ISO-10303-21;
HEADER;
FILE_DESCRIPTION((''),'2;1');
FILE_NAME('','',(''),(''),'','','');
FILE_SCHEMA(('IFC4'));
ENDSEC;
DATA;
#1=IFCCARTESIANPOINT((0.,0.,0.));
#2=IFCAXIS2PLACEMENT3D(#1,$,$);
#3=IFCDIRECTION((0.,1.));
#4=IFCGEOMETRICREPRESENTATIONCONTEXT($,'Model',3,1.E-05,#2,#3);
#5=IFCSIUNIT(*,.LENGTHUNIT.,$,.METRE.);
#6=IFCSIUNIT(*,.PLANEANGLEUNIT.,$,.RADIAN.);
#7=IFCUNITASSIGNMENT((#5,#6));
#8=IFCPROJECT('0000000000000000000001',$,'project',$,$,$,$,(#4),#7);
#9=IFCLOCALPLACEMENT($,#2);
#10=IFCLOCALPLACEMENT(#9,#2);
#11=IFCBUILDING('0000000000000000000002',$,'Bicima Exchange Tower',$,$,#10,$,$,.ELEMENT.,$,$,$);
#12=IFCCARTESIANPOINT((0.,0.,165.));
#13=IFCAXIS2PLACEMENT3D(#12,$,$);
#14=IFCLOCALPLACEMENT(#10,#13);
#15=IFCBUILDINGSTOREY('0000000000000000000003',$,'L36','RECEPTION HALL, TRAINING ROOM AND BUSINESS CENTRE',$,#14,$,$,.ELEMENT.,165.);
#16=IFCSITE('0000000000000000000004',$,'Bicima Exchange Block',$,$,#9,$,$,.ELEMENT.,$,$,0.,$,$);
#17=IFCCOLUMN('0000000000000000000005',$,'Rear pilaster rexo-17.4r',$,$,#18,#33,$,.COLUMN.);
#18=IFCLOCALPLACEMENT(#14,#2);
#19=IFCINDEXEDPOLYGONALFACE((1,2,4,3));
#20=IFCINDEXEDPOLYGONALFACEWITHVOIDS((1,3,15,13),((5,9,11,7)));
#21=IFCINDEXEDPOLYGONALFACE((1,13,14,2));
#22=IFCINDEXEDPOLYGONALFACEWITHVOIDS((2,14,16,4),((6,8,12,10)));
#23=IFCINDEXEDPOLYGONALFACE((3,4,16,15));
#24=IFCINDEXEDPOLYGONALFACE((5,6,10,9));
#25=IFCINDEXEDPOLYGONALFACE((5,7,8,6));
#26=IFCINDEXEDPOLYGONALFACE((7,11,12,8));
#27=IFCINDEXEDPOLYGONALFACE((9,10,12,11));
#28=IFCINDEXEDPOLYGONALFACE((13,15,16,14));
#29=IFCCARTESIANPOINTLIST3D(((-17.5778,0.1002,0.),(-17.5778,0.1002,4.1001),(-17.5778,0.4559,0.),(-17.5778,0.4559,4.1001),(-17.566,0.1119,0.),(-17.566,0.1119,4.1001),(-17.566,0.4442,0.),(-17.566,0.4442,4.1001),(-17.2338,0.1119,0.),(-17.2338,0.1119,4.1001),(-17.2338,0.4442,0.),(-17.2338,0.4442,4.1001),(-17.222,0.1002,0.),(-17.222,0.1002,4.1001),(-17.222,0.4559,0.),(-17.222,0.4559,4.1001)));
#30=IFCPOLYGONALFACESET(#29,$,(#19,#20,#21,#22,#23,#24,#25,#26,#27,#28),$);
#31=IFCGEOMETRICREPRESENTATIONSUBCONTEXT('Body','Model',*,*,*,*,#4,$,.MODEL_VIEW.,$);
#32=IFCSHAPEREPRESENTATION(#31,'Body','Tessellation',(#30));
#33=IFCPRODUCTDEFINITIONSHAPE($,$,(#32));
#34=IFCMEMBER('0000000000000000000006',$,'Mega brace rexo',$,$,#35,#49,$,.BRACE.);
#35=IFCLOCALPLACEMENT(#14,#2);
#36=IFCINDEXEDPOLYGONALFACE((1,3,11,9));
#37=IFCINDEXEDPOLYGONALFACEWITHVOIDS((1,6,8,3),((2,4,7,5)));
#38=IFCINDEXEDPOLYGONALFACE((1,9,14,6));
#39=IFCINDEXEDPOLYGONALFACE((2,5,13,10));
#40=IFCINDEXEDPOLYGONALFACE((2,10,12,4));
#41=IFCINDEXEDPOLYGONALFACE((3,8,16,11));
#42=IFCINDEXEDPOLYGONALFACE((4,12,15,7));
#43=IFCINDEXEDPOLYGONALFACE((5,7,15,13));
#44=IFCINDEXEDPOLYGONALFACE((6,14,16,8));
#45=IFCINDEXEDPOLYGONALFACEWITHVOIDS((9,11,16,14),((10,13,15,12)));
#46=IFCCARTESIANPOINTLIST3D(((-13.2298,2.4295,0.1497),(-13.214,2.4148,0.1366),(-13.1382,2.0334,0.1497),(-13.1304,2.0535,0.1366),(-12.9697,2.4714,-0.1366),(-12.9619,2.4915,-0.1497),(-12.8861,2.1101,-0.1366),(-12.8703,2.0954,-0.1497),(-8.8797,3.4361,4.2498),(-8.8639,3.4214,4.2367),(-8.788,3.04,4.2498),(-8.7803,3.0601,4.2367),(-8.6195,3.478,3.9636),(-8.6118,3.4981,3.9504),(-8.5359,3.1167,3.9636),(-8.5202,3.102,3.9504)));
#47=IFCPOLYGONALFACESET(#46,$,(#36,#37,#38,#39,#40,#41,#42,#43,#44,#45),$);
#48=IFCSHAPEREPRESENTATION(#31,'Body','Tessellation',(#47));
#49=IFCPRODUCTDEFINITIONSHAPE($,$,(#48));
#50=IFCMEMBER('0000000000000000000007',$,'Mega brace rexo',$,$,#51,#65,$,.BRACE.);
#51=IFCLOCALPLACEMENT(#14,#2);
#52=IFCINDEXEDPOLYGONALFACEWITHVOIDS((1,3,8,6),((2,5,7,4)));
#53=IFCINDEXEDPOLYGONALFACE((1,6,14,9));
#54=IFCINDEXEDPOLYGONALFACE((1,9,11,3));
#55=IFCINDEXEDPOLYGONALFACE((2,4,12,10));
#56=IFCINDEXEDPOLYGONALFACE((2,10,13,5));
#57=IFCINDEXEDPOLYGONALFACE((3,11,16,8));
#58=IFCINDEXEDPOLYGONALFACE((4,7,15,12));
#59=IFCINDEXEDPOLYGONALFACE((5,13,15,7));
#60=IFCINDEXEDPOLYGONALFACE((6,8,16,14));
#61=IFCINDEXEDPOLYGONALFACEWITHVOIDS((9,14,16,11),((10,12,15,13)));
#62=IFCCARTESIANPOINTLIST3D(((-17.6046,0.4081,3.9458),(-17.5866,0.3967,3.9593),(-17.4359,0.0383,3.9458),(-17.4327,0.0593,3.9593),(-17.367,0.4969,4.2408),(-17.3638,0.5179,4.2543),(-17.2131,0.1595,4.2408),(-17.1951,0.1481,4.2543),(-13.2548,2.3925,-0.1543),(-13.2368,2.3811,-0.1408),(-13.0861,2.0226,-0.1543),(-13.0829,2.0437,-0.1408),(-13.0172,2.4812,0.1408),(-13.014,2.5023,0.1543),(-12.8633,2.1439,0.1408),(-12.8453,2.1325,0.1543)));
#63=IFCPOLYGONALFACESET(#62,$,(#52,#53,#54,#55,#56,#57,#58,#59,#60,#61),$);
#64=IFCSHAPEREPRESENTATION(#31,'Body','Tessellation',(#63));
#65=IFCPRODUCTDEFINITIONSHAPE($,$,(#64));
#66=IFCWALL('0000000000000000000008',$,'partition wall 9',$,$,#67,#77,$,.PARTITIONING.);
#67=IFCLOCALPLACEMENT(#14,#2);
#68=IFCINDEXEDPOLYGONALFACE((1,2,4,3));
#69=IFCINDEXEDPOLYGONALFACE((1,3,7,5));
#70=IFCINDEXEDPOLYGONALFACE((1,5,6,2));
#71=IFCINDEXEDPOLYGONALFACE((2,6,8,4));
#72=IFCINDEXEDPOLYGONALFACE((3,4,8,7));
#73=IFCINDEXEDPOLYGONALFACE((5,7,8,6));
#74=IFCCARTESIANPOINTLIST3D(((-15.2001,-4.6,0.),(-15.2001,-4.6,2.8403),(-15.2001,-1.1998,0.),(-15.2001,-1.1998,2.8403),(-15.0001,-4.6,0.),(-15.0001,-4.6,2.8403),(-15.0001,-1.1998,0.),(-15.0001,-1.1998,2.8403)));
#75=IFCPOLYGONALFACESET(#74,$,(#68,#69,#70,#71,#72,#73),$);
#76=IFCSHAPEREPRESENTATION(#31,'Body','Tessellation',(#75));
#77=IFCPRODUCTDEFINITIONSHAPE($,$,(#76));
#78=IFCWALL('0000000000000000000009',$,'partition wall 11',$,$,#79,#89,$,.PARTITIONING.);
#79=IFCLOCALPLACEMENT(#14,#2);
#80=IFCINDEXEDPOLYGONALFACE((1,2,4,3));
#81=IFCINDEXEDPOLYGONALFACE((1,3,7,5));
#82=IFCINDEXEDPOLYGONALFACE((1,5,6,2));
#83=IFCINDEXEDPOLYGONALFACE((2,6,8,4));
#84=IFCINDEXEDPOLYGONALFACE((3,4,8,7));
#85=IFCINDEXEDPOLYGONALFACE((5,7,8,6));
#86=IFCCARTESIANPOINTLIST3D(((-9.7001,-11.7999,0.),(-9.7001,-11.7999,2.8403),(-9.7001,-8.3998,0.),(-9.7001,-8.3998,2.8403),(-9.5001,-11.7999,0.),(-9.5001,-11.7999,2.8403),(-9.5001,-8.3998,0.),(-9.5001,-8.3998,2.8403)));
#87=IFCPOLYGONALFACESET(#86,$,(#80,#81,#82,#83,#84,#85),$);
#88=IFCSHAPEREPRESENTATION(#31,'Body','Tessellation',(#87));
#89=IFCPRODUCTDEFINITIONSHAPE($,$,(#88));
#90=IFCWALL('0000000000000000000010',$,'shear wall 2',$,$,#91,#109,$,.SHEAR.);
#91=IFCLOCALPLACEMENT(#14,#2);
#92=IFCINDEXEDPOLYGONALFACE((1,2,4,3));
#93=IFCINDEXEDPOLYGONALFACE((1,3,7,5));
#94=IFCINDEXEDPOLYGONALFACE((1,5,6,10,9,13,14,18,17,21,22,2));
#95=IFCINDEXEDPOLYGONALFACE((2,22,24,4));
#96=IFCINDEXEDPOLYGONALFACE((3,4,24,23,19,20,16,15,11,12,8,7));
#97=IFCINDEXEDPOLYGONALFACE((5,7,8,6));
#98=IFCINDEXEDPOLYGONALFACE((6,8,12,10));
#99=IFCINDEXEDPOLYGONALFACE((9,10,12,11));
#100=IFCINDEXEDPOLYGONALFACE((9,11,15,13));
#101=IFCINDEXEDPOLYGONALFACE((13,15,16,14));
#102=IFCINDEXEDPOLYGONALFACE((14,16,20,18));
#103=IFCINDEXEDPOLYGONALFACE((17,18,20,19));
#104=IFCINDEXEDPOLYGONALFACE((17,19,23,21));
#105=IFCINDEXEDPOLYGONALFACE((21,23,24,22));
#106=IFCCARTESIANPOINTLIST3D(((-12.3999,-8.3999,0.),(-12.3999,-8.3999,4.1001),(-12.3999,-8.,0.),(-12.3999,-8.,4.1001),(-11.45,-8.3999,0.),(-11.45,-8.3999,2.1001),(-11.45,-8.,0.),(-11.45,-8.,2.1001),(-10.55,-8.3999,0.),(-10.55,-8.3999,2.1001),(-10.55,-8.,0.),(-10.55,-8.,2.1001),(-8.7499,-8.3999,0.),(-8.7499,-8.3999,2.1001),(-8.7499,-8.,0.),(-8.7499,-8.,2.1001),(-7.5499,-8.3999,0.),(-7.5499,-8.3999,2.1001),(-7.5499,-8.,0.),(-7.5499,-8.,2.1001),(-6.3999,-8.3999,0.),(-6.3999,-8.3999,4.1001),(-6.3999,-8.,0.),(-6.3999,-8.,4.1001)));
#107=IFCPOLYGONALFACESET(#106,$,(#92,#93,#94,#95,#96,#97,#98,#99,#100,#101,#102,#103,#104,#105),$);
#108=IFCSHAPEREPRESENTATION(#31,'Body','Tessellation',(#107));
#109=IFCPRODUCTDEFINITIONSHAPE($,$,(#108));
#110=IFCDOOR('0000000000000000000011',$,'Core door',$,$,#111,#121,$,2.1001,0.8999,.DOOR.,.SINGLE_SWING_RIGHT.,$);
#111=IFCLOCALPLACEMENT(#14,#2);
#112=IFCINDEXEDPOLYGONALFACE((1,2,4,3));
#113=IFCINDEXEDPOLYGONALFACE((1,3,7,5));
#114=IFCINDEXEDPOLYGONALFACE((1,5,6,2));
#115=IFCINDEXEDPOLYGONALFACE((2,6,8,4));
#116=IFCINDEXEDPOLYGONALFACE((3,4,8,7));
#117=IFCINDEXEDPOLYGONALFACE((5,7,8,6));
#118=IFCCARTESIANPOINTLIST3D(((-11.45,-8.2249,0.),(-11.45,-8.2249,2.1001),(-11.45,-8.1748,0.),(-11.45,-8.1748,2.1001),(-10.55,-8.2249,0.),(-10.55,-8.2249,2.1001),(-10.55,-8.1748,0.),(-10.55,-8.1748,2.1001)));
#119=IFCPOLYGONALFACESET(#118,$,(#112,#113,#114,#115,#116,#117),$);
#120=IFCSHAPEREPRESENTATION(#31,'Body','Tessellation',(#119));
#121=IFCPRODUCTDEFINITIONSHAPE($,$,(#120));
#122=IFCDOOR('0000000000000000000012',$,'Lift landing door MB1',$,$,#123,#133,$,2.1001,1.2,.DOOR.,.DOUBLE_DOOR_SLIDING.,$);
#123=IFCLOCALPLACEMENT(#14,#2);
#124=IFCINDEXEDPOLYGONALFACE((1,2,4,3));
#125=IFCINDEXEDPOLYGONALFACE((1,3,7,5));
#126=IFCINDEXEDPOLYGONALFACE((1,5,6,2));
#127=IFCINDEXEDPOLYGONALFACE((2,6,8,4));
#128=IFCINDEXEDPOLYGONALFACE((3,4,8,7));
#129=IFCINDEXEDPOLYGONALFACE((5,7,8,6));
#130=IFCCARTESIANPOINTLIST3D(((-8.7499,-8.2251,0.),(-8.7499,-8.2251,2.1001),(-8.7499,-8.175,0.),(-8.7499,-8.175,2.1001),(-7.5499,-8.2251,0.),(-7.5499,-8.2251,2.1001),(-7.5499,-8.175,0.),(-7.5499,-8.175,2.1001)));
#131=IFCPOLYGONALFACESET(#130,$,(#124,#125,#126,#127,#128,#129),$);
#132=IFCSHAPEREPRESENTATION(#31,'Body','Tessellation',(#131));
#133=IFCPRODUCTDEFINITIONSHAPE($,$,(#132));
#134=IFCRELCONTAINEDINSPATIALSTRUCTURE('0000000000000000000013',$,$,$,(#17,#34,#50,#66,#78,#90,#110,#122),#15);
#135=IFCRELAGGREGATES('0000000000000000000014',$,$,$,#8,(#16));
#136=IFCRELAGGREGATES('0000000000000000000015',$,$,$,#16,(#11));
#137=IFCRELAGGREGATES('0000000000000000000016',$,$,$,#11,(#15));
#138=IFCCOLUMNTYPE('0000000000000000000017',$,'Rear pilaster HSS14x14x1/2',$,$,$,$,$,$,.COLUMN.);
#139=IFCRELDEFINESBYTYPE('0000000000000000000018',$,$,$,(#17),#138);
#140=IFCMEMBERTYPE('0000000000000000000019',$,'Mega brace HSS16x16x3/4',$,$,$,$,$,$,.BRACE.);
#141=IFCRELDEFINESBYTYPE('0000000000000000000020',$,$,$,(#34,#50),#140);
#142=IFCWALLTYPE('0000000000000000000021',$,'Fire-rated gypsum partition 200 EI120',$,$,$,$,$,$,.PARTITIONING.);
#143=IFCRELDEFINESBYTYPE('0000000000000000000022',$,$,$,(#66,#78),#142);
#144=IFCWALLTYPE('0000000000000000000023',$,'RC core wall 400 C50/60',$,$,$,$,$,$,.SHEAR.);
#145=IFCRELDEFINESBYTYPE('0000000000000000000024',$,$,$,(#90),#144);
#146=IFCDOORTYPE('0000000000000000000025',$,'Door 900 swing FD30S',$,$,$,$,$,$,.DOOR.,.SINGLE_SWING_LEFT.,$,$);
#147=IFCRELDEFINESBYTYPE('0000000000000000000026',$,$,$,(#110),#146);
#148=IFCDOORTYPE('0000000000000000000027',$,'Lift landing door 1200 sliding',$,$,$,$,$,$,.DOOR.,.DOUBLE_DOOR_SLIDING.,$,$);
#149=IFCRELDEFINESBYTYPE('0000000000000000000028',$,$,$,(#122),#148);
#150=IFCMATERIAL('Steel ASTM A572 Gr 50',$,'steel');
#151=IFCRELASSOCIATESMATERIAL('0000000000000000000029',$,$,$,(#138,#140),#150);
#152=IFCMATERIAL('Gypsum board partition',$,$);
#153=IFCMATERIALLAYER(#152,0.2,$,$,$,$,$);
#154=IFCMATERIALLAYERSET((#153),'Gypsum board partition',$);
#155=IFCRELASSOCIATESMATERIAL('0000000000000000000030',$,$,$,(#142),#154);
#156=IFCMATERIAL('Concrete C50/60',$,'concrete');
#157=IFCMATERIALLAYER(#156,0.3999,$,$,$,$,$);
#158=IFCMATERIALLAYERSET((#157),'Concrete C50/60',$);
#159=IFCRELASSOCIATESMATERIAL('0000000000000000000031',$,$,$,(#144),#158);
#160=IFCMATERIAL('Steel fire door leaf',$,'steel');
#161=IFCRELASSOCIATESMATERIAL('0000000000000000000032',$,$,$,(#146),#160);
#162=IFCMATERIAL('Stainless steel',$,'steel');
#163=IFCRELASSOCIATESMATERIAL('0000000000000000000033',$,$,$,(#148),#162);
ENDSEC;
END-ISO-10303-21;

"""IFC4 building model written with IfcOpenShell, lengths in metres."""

from ifc_helpers import new_model, si_unit, direction, frame, frame_2d, origin, origin_2d, place, context, subcontext, project, spatial, rectangle, hollow_rectangle, extrude, material, layer, layer_set, material_profile, profile_set, type_object, element, fill, save


model = new_model("IFC4")

# Units and contexts
model_context = context("Model", 3, precision=1e-05, world=origin(), true_north=direction((0.0, 1.0)))
body_context = subcontext(model_context, "Body", "Model", "MODEL_VIEW")
ifc_project = project(units=[si_unit("LENGTHUNIT", "METRE"), si_unit("PLANEANGLEUNIT", "RADIAN")], contexts=[model_context])

# Site, building, storey
site_placement = place(None, origin())
site = spatial("IfcSite", under=ifc_project, at=site_placement, Name="Bicima Exchange Block", CompositionType="ELEMENT", RefElevation=0.0)
building_placement = place(site_placement, origin())
building = spatial("IfcBuilding", under=site, at=building_placement, Name="Bicima Exchange Tower", CompositionType="ELEMENT")
storey_placement = place(building_placement, frame((0.0, 0.0, 165.0)))
storey = spatial("IfcBuildingStorey", under=building, at=storey_placement, Name="L36", Description="RECEPTION HALL, TRAINING ROOM AND BUSINESS CENTRE", CompositionType="ELEMENT", Elevation=165.0)

# Column
ifc_material_1 = material(Name="Steel ASTM A572 Gr 50", Category="steel")
ifc_material_profile_1 = material_profile(ifc_material_1, hollow_rectangle(XDim=0.3557, YDim=0.3557, WallThickness=0.0117, at=origin_2d()))
ifc_profile_set_1 = profile_set([ifc_material_profile_1], Name="Steel ASTM A572 Gr 50")
column_type = type_object("IfcColumnType", Name="Rear pilaster HSS14x14x1/2", PredefinedType="COLUMN", material=ifc_profile_set_1)
column_placement = place(storey_placement, frame((-17.3999, 0.2781, 0.0), z_axis=(0.0, 0.0, 1.0), x_axis=(1.0, 0.0, 0.0)))
element("IfcColumn", 1, at=column_placement, inside=storey, type_object=column_type, Name="Rear pilaster rexo-17.4r", PredefinedType="COLUMN", context=body_context, shape_type="SweptSolid", body=[
    extrude(hollow_rectangle(XDim=0.3557, YDim=0.3557, WallThickness=0.0117, at=origin_2d()), origin(), (0.0, 0.0, 1.0), 4.1001),
])

# Members
ifc_material_profile_2 = material_profile(ifc_material_1, hollow_rectangle(XDim=0.4065, YDim=0.4065, WallThickness=0.0178, at=origin_2d()))
ifc_profile_set_2 = profile_set([ifc_material_profile_2], Name="Steel ASTM A572 Gr 50")
member_type = type_object("IfcMemberType", Name="Mega brace HSS16x16x3/4", PredefinedType="BRACE", material=ifc_profile_set_2)
member_1_placement = place(storey_placement, frame((-13.05, 2.2625, 0.0), z_axis=(0.717606, 0.166051, 0.676365), x_axis=(-0.225439, 0.974257, 0.0)))
element("IfcMember", 2, at=member_1_placement, inside=storey, type_object=member_type, Name="Mega brace rexo", PredefinedType="BRACE", context=body_context, shape_type="SweptSolid", body=[
    extrude(hollow_rectangle(XDim=0.4065, YDim=0.4065, WallThickness=0.0178, at=origin_2d()), origin(), (0.0, 0.0, 1.0), 6.062),
])
member_2_placement = place(storey_placement, frame((-13.05, 2.2625, 0.0), z_axis=(-0.690629, -0.31506, 0.650975), x_axis=(0.415045, -0.909801, 0.0)))
element("IfcMember", 3, at=member_2_placement, inside=storey, type_object=member_type, Name="Mega brace rexo", PredefinedType="BRACE", context=body_context, shape_type="SweptSolid", body=[
    extrude(hollow_rectangle(XDim=0.4065, YDim=0.4065, WallThickness=0.0178, at=origin_2d()), origin(), (0.0, 0.0, 1.0), 6.2983),
])

# Walls
ifc_material_2 = material(Name="Gypsum board partition")
ifc_layer_1 = layer(ifc_material_2, 0.2)
ifc_layer_set_1 = layer_set([ifc_layer_1], Name="Gypsum board partition")
wall_type_1 = type_object("IfcWallType", Name="Fire-rated gypsum partition 200 EI120", PredefinedType="PARTITIONING", material=ifc_layer_set_1)
for number, where, z_axis, x_axis, name in (
    (4, (-15.1001, -4.6001, 0.0), (0.0, 0.0, 1.0), (0.0, 1.0, 0.0), "partition wall 9"),
    (5, (-9.6001, -11.8, 0.0), (0.0, 0.0, 1.0), (0.0, 1.0, 0.0), "partition wall 11"),
):
    element("IfcWall", number, at=place(storey_placement, frame(where, z_axis=z_axis, x_axis=x_axis)), inside=storey, type_object=wall_type_1, Name=name, PredefinedType="PARTITIONING", context=body_context, shape_type="SweptSolid", body=[
        extrude(rectangle(XDim=3.4001, YDim=0.2, at=frame_2d((1.7002, 0.0))), origin(), (0.0, 0.0, 1.0), 2.8403),
    ])

# Wall, openings, doors
ifc_material_3 = material(Name="Concrete C50/60", Category="concrete")
ifc_layer_2 = layer(ifc_material_3, 0.3999)
ifc_layer_set_2 = layer_set([ifc_layer_2], Name="Concrete C50/60")
wall_type_2 = type_object("IfcWallType", Name="RC core wall 400 C50/60", PredefinedType="SHEAR", material=ifc_layer_set_2)
wall_1_placement = place(storey_placement, frame((-12.3999, -8.2, 0.0), z_axis=(0.0, 0.0, 1.0), x_axis=(1.0, 0.0, 0.0)))
wall_1 = element("IfcWall", 6, at=wall_1_placement, inside=storey, type_object=wall_type_2, Name="shear wall 2", PredefinedType="SHEAR", context=body_context, shape_type="SweptSolid", body=[
    extrude(rectangle(XDim=6.0, YDim=0.3999, at=frame_2d((3.0, 0.0))), origin(), (0.0, 0.0, 1.0), 4.1001),
])
opening_1_placement = place(wall_1_placement, frame((3.6499, 0.0, 0.0)))
opening_1 = element("IfcOpeningElement", 7, at=opening_1_placement, cuts=wall_1, PredefinedType="OPENING", context=body_context, shape_type="SweptSolid", body=[
    extrude(rectangle(XDim=1.2, YDim=2.1001, at=frame_2d((0.6001, 1.05))), frame((0.0, 0.2119, 0.0), z_axis=(0.0, -1.0, 0.0), x_axis=(1.0, 0.0, 0.0)), (0.0, 0.0, 1.0), 0.4238),
])
opening_2_placement = place(wall_1_placement, frame((0.95, 0.0, 0.0)))
opening_2 = element("IfcOpeningElement", 8, at=opening_2_placement, cuts=wall_1, PredefinedType="OPENING", context=body_context, shape_type="SweptSolid", body=[
    extrude(rectangle(XDim=0.8999, YDim=2.1001, at=frame_2d((0.45, 1.05))), frame((0.0, 0.2119, 0.0), z_axis=(0.0, -1.0, 0.0), x_axis=(1.0, 0.0, 0.0)), (0.0, 0.0, 1.0), 0.4238),
])
ifc_material_4 = material(Name="Steel fire door leaf", Category="steel")
door_type_1 = type_object("IfcDoorType", Name="Door 900 swing FD30S", OperationType="SINGLE_SWING_LEFT", PredefinedType="DOOR", material=ifc_material_4)
door_1_placement = place(opening_2_placement, frame((0.8999, 0.0, 0.0), z_axis=(0.0, 0.0, 1.0), x_axis=(-1.0, 0.0, 0.0)))
door_1 = element("IfcDoor", 9, at=door_1_placement, inside=storey, type_object=door_type_1, Name="Core door", OperationType="SINGLE_SWING_RIGHT", OverallHeight=2.1001, OverallWidth=0.8999, PredefinedType="DOOR", context=body_context, shape_type="SweptSolid", body=[
    extrude(rectangle(XDim=0.8999, YDim=2.1001, at=frame_2d((0.45, 1.05))), frame((0.0, 0.0249, 0.0), z_axis=(0.0, -1.0, 0.0), x_axis=(1.0, 0.0, 0.0)), (0.0, 0.0, 1.0), 0.05),
])
fill(opening_2, door_1)
ifc_material_5 = material(Name="Stainless steel", Category="steel")
door_type_2 = type_object("IfcDoorType", Name="Lift landing door 1200 sliding", OperationType="DOUBLE_DOOR_SLIDING", PredefinedType="DOOR", material=ifc_material_5)
door_2_placement = place(opening_1_placement, origin())
door_2 = element("IfcDoor", 10, at=door_2_placement, inside=storey, type_object=door_type_2, Name="Lift landing door MB1", OperationType="DOUBLE_DOOR_SLIDING", OverallHeight=2.1001, OverallWidth=1.2, PredefinedType="DOOR", context=body_context, shape_type="SweptSolid", body=[
    extrude(rectangle(XDim=1.2, YDim=2.1001, at=frame_2d((0.6001, 1.05))), frame((0.0, 0.0249, 0.0), z_axis=(0.0, -1.0, 0.0), x_axis=(1.0, 0.0, 0.0)), (0.0, 0.0, 1.0), 0.05),
])
fill(opening_1, door_2)

save(model, "model.ifc")
